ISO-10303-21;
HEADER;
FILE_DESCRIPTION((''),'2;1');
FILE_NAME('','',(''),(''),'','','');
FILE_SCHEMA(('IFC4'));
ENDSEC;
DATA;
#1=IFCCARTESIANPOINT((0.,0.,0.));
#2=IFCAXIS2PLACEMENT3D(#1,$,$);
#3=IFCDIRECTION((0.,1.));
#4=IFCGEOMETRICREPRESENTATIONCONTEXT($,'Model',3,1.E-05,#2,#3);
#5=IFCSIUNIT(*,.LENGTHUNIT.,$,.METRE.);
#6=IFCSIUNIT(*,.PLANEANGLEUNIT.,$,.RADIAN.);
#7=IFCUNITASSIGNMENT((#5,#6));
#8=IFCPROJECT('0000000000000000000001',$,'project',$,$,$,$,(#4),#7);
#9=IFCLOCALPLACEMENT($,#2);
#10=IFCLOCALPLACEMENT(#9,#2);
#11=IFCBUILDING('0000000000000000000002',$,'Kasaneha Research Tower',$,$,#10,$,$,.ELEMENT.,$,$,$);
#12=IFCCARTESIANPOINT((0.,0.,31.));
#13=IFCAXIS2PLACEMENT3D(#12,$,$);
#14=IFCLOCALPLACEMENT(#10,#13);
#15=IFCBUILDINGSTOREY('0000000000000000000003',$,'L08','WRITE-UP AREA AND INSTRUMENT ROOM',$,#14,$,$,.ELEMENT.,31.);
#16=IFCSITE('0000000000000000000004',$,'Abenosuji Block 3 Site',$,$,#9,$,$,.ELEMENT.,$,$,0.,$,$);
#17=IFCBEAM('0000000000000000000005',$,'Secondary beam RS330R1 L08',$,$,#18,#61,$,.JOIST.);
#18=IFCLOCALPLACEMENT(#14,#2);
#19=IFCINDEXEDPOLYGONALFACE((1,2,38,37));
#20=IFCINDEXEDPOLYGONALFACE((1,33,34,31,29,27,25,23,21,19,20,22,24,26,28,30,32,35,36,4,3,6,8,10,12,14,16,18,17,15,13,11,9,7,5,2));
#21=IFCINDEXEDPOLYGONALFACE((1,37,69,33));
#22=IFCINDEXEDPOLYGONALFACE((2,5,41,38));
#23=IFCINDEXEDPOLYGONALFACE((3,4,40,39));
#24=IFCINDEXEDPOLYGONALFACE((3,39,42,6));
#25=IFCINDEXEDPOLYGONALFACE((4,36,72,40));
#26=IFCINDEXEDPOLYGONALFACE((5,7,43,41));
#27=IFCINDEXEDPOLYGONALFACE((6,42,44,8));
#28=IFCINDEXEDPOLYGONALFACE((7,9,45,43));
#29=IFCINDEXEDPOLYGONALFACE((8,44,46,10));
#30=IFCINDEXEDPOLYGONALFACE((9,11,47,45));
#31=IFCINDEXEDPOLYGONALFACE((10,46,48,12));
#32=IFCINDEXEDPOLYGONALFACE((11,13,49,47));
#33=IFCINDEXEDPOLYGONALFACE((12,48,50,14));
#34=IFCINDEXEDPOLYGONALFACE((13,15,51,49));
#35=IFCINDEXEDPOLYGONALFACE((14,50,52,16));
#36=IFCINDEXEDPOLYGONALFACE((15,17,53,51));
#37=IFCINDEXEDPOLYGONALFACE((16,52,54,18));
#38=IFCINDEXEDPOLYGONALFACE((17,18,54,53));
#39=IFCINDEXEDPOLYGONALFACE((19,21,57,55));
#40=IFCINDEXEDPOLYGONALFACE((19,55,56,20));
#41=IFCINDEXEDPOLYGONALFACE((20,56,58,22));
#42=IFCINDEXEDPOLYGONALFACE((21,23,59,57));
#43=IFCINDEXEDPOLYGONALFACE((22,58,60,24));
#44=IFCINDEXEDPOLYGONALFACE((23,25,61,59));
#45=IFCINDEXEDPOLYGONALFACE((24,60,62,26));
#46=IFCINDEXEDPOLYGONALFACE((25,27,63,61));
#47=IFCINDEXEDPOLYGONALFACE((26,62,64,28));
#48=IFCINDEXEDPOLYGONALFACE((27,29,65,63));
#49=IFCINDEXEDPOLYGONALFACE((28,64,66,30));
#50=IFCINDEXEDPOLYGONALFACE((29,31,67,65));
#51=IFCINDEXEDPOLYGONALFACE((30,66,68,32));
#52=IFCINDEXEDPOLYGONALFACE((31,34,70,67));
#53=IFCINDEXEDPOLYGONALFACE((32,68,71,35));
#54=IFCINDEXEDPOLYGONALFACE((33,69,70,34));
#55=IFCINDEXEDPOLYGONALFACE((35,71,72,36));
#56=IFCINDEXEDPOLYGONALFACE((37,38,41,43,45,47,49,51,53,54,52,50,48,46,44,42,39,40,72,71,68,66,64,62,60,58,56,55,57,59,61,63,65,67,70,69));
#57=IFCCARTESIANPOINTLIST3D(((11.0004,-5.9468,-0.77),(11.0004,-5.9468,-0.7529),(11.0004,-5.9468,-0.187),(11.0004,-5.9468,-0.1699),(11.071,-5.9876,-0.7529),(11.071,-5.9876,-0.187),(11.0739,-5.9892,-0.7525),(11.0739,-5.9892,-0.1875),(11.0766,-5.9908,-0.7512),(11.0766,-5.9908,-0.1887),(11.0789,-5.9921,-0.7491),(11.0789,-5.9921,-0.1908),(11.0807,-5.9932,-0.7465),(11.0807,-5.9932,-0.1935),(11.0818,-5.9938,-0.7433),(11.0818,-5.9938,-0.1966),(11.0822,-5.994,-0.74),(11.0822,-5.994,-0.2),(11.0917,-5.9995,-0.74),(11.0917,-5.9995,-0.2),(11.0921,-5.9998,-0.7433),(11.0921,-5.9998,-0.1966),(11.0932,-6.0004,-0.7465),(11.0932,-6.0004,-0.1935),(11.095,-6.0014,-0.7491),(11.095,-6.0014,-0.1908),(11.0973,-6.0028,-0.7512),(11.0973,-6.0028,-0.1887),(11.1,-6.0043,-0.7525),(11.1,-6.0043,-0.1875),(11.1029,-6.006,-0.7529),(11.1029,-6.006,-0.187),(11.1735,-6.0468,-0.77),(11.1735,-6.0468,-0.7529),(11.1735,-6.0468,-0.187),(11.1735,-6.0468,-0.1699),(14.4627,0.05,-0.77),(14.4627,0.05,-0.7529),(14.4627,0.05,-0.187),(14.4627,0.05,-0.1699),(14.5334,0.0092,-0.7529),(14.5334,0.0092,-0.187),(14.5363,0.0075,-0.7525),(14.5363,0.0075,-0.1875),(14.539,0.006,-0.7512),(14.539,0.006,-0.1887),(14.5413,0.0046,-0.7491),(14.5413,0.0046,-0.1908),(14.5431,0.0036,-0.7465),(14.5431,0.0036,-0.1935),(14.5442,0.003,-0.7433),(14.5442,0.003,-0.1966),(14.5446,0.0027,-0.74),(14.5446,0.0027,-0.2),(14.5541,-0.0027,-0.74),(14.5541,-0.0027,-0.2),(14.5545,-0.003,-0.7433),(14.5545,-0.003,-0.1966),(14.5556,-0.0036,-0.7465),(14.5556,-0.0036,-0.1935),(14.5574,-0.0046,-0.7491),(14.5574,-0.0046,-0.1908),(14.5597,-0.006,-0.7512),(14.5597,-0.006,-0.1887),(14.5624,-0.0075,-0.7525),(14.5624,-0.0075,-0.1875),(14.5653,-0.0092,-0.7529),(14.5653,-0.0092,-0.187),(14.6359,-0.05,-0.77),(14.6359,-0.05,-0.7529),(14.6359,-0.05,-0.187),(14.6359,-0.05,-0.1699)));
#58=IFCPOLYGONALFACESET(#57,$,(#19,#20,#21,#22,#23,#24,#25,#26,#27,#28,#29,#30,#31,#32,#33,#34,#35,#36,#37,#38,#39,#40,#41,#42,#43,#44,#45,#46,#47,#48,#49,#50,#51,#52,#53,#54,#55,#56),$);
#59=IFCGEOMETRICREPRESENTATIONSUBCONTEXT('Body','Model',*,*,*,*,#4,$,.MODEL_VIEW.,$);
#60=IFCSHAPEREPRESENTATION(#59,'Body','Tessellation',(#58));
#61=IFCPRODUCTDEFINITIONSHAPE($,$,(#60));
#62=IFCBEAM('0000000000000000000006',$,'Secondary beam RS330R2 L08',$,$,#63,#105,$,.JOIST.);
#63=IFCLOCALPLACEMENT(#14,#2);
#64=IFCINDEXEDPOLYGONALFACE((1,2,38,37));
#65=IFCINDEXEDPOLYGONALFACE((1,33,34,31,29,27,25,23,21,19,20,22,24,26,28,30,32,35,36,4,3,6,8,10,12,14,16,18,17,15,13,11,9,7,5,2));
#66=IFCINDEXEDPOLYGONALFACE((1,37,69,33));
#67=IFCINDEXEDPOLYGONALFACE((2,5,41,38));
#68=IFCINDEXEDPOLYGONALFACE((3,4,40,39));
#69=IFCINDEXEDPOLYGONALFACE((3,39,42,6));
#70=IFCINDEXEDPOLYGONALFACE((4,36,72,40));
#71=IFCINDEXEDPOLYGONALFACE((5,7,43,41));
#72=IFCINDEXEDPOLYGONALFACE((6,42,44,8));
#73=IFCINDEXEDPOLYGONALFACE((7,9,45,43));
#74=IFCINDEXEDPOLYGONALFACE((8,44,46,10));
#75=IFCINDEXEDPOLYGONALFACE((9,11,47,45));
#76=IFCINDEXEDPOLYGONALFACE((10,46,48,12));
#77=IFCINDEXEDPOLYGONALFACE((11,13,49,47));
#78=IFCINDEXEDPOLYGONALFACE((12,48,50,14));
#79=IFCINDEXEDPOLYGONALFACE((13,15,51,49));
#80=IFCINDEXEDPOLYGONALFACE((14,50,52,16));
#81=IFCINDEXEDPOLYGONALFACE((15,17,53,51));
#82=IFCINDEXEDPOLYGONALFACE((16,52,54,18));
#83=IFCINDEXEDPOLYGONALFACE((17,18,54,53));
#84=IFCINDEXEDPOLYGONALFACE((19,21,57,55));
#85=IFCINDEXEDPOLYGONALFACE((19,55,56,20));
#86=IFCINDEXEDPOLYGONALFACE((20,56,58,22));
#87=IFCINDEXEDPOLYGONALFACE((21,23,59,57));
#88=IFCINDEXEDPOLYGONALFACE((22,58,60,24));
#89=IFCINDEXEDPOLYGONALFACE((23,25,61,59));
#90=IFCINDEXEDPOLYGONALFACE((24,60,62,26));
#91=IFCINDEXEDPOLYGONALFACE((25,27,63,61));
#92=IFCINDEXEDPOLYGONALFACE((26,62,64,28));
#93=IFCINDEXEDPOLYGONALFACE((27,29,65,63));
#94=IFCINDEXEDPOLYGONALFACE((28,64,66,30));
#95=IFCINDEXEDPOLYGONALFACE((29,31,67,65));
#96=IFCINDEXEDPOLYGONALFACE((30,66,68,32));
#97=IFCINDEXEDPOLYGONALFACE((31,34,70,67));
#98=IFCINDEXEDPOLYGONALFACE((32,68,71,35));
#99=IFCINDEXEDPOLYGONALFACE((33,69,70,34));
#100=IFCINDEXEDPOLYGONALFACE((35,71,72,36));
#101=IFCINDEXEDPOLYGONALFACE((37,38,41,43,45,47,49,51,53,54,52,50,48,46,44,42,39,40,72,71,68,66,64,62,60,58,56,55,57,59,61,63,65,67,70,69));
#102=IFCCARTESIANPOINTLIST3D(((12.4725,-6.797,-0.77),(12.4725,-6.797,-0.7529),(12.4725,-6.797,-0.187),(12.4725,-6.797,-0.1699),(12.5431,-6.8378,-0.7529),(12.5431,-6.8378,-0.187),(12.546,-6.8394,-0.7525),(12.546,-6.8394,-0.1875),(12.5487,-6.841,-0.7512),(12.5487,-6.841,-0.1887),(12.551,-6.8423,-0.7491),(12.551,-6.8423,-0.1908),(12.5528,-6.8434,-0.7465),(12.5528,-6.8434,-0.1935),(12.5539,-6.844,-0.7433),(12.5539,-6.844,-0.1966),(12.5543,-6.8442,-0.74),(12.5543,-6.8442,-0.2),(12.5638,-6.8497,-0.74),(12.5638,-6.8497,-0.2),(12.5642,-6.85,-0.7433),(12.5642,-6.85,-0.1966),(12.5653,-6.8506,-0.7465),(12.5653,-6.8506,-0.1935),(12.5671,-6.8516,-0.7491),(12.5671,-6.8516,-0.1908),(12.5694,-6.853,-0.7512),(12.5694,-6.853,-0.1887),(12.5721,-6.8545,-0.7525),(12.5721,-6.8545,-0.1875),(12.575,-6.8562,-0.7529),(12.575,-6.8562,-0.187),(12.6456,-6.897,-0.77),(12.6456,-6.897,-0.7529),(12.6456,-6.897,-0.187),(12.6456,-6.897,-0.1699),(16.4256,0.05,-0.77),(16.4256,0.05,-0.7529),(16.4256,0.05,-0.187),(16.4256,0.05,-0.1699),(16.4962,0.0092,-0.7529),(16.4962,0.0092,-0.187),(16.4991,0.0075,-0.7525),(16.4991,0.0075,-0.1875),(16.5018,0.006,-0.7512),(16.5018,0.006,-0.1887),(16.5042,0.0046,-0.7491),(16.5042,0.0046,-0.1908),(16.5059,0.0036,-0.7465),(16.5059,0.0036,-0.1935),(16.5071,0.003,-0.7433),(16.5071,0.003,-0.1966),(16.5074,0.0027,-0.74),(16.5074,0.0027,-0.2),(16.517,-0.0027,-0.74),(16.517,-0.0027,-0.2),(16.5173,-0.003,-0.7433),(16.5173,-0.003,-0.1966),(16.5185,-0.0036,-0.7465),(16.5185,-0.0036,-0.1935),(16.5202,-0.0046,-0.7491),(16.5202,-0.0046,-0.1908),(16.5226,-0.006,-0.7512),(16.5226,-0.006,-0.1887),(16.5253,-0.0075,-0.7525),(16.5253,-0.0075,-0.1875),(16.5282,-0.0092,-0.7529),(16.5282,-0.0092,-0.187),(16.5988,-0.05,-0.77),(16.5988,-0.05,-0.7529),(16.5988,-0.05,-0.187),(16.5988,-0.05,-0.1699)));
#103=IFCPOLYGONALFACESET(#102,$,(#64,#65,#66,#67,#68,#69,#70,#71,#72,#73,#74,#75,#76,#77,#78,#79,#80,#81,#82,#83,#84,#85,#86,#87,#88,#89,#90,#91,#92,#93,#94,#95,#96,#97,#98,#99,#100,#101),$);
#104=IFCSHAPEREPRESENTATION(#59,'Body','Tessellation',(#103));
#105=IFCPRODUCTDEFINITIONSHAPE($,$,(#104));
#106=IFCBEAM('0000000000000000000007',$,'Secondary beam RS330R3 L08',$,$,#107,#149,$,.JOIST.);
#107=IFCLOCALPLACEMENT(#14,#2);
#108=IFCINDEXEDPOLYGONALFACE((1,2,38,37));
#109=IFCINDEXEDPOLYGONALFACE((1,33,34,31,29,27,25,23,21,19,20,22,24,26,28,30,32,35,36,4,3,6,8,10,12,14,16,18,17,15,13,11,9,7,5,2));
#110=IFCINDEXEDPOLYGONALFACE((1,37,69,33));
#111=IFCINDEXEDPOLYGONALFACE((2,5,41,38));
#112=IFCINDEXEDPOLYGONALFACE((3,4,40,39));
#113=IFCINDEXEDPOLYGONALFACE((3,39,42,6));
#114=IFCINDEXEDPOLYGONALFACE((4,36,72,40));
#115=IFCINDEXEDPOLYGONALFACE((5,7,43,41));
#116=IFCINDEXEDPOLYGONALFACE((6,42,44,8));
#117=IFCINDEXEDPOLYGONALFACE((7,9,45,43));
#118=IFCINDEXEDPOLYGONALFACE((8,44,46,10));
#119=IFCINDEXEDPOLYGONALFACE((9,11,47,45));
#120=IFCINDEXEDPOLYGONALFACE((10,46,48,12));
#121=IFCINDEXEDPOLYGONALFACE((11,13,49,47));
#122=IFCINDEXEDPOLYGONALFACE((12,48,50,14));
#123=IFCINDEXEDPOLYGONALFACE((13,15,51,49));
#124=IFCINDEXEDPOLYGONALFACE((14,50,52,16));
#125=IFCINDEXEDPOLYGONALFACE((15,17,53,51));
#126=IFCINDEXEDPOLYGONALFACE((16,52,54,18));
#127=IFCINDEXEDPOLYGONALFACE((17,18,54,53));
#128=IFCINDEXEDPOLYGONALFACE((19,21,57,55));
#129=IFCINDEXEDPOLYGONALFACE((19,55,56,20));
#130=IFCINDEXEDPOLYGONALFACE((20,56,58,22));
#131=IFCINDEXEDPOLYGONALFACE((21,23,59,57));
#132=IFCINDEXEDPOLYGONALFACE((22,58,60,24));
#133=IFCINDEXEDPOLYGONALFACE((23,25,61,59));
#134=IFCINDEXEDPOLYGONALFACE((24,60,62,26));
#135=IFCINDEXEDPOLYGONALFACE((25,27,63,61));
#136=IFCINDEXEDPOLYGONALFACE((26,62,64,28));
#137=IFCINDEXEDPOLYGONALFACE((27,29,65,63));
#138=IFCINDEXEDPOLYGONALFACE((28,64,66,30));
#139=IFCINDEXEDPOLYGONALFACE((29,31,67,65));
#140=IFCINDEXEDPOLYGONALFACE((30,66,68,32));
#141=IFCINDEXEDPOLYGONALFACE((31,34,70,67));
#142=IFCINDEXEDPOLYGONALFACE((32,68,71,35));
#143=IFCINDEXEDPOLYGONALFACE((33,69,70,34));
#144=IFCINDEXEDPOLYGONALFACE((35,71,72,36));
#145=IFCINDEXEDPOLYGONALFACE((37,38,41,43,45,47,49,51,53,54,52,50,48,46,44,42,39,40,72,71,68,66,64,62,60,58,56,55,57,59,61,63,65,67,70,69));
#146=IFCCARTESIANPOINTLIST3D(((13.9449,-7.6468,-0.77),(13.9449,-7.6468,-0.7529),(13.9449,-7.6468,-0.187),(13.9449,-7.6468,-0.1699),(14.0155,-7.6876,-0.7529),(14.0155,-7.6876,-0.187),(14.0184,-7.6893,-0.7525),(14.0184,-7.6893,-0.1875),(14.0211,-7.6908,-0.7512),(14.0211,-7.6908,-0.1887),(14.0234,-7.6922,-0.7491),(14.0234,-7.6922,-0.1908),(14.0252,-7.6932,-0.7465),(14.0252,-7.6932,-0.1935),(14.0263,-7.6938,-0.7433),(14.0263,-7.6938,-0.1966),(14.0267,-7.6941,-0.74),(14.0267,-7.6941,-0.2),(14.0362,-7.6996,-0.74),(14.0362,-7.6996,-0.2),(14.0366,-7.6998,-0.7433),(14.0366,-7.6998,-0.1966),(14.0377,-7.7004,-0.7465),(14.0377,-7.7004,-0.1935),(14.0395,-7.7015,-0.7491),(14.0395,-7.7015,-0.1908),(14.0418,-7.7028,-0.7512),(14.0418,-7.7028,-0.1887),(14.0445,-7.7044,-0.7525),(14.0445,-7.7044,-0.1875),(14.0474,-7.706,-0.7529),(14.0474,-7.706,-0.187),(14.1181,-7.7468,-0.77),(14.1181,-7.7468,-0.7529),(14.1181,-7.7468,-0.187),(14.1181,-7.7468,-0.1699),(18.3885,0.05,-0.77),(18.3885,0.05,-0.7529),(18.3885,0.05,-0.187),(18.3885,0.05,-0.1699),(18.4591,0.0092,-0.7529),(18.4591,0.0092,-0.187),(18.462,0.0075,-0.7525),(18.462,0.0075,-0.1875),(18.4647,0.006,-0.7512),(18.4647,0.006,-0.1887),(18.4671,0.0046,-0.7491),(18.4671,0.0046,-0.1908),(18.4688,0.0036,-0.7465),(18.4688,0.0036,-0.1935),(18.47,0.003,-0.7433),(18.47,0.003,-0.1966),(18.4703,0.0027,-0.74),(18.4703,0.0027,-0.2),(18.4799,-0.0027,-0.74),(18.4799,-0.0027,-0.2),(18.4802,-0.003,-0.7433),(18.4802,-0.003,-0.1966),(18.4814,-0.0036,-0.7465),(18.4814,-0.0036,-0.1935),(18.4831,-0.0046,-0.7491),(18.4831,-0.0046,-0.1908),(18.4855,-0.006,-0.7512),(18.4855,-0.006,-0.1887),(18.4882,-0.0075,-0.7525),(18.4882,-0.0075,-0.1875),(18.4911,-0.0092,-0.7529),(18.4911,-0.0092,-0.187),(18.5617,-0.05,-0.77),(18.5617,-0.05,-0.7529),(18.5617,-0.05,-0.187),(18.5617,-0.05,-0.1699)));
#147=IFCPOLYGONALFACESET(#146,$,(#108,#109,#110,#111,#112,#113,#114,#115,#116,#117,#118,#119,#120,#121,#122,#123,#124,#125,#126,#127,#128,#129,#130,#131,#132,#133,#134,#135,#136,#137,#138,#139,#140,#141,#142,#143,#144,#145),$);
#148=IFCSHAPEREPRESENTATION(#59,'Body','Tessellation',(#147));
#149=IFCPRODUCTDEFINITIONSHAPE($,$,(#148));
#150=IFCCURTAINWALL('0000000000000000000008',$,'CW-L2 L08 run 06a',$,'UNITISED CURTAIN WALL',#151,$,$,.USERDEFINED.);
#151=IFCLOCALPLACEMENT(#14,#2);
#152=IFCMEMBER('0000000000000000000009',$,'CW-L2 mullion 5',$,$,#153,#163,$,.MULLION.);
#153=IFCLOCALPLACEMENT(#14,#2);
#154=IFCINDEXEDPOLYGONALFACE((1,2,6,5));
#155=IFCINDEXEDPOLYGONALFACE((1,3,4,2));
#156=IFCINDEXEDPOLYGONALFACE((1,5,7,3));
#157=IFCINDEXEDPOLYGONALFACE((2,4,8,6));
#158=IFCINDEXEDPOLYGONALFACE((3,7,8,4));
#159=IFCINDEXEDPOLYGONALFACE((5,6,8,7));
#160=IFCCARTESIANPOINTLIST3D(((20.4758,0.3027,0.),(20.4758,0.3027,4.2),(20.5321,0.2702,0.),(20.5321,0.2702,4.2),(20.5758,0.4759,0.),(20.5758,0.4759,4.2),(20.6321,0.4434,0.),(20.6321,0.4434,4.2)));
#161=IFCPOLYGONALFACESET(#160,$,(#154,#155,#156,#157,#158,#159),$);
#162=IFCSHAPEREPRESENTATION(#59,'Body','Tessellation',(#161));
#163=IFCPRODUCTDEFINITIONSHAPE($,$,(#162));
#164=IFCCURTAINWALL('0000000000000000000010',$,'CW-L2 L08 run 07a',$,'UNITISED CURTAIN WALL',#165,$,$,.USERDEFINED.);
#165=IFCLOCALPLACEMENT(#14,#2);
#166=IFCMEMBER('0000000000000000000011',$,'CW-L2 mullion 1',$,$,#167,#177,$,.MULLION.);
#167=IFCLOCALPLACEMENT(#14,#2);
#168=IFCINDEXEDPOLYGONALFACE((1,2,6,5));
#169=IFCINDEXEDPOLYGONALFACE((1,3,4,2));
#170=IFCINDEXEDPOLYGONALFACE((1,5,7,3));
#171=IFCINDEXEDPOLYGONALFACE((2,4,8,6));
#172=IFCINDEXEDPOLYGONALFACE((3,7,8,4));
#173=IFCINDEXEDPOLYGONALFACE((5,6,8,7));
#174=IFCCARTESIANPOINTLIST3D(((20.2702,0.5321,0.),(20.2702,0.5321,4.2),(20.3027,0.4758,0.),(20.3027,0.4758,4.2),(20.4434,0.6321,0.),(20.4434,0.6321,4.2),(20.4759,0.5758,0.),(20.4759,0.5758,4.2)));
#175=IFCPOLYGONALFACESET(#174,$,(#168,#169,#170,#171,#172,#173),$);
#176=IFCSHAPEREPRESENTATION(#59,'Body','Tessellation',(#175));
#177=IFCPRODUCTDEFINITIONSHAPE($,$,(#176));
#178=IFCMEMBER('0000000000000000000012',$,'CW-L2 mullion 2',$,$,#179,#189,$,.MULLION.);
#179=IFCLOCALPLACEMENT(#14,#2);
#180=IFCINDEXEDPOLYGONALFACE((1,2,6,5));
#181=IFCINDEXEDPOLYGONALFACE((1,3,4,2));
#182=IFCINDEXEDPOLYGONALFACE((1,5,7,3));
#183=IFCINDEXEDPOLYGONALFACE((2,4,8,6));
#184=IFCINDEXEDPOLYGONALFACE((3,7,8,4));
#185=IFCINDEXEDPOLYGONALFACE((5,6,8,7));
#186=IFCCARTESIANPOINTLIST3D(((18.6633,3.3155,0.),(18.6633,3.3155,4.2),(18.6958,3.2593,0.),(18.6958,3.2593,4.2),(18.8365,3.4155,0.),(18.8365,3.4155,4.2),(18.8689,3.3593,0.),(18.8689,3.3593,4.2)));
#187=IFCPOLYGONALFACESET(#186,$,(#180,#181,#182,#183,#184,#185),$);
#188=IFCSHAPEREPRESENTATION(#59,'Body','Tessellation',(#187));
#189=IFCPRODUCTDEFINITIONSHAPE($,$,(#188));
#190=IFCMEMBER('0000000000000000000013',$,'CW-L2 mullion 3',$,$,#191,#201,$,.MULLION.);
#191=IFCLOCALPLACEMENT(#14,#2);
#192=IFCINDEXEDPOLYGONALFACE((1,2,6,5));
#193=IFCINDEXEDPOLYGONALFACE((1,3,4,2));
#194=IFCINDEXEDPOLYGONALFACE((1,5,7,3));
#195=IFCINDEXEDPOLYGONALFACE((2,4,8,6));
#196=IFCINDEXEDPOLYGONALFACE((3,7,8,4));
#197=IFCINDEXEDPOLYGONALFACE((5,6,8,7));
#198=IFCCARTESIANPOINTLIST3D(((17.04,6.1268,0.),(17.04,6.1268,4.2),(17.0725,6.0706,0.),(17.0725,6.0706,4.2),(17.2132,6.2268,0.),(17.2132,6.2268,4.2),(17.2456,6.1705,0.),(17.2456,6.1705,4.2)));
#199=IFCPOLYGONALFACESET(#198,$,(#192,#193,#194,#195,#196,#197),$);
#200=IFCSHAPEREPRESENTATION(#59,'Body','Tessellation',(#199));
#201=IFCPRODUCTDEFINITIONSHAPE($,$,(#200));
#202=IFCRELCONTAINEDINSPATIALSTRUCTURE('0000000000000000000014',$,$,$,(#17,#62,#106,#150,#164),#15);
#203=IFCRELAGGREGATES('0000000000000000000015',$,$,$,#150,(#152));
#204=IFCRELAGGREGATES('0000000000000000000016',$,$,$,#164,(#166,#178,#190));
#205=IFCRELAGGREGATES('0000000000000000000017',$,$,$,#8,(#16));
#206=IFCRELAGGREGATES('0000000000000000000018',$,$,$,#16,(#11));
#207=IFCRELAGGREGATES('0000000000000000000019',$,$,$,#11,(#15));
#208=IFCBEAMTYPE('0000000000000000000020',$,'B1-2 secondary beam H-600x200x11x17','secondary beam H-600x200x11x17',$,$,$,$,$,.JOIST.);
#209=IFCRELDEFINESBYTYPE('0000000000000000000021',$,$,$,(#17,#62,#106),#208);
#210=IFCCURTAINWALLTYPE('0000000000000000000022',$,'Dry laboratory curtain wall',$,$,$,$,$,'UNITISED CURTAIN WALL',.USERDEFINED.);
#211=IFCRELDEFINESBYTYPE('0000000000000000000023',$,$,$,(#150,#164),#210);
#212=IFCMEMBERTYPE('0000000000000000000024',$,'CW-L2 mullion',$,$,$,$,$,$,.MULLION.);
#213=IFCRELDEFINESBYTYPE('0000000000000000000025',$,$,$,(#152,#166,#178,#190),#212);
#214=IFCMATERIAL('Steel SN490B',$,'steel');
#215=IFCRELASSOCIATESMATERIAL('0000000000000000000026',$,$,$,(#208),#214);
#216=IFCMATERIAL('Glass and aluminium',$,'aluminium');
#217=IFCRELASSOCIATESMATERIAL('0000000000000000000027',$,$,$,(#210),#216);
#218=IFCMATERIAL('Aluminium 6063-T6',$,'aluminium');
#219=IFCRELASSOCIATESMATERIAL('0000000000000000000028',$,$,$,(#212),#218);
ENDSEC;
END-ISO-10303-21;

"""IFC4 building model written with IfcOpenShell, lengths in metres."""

from ifc_helpers import new_model, si_unit, direction, frame, origin, origin_2d, place, context, subcontext, project, spatial, rectangle, i_section, extrude, material, material_profile, profile_set, type_object, element, aggregate, save


model = new_model("IFC4")

# Units and contexts
model_context = context("Model", 3, precision=1e-05, world=origin(), true_north=direction((0.0, 1.0)))
body_context = subcontext(model_context, "Body", "Model", "MODEL_VIEW")
ifc_project = project(units=[si_unit("LENGTHUNIT", "METRE"), si_unit("PLANEANGLEUNIT", "RADIAN")], contexts=[model_context])

# Site, building, storey
site_placement = place(None, origin())
site = spatial("IfcSite", under=ifc_project, at=site_placement, Name="Abenosuji Block 3 Site", CompositionType="ELEMENT", RefElevation=0.0)
building_placement = place(site_placement, origin())
building = spatial("IfcBuilding", under=site, at=building_placement, Name="Kasaneha Research Tower", CompositionType="ELEMENT")
storey_placement = place(building_placement, frame((0.0, 0.0, 31.0)))
storey = spatial("IfcBuildingStorey", under=building, at=storey_placement, Name="L08", Description="WRITE-UP AREA AND INSTRUMENT ROOM", CompositionType="ELEMENT", Elevation=31.0)

# Beams
ifc_material_1 = material(Name="Steel SN490B", Category="steel")
ifc_material_profile_1 = material_profile(ifc_material_1, i_section(OverallWidth=0.2, OverallDepth=0.6001, WebThickness=0.011, FlangeThickness=0.0171, FilletRadius=0.0129, at=origin_2d()), Name="H-600x200x11x17")
ifc_profile_set_1 = profile_set([ifc_material_profile_1], Name="Steel SN490B")
beam_type_1 = type_object("IfcBeamType", Name="B1-2 secondary beam H-600x200x11x17", Description="secondary beam H-600x200x11x17", PredefinedType="JOIST", material=ifc_profile_set_1)
beam_1_placement = place(storey_placement, frame((14.5493, 0.0, -0.47), z_axis=(-0.500014, -0.866017, 0.0), x_axis=(0.866017, -0.500014, 0.0)))
element("IfcBeam", 1, at=beam_1_placement, inside=storey, type_object=beam_type_1, Name="Secondary beam RS330R1 L08", PredefinedType="JOIST", context=body_context, shape_type="SweptSolid", body=[
    extrude(i_section(OverallWidth=0.2, OverallDepth=0.6001, WebThickness=0.011, FlangeThickness=0.0171, FilletRadius=0.0129, at=origin_2d()), origin(), (0.0, 0.0, 1.0), 6.9246),
])
beam_2_placement = place(storey_placement, frame((16.5122, 0.0, -0.47), z_axis=(-0.500005, -0.866023, 0.0), x_axis=(0.866023, -0.500005, 0.0)))
element("IfcBeam", 2, at=beam_2_placement, inside=storey, type_object=beam_type_1, Name="Secondary beam RS330R2 L08", PredefinedType="JOIST", context=body_context, shape_type="SweptSolid", body=[
    extrude(i_section(OverallWidth=0.2, OverallDepth=0.6001, WebThickness=0.011, FlangeThickness=0.0171, FilletRadius=0.0129, at=origin_2d()), origin(), (0.0, 0.0, 1.0), 7.9062),
])
beam_3_placement = place(storey_placement, frame((18.4751, 0.0, -0.47), z_axis=(-0.499989, -0.866032, 0.0), x_axis=(0.866032, -0.499989, 0.0)))
element("IfcBeam", 3, at=beam_3_placement, inside=storey, type_object=beam_type_1, Name="Secondary beam RS330R3 L08", PredefinedType="JOIST", context=body_context, shape_type="SweptSolid", body=[
    extrude(i_section(OverallWidth=0.2, OverallDepth=0.6001, WebThickness=0.011, FlangeThickness=0.0171, FilletRadius=0.0129, at=origin_2d()), origin(), (0.0, 0.0, 1.0), 8.8875),
])

# Curtain wall, member
ifc_material_2 = material(Name="Glass and aluminium", Category="aluminium")
curtain_wall_type = type_object("IfcCurtainWallType", Name="Dry laboratory curtain wall", ElementType="UNITISED CURTAIN WALL", PredefinedType="USERDEFINED", material=ifc_material_2)
curtain_wall_1_placement = place(storey_placement, origin())
curtain_wall_1 = element("IfcCurtainWall", 4, at=curtain_wall_1_placement, inside=storey, type_object=curtain_wall_type, Name="CW-L2 L08 run 06a", ObjectType="UNITISED CURTAIN WALL", PredefinedType="USERDEFINED")
ifc_material_3 = material(Name="Aluminium 6063-T6", Category="aluminium")
ifc_material_profile_2 = material_profile(ifc_material_3, rectangle(XDim=0.0649, YDim=0.2, at=origin_2d()), Name="CW-L2 mullion 65x200")
ifc_profile_set_2 = profile_set([ifc_material_profile_2], Name="Aluminium 6063-T6")
member_type_1 = type_object("IfcMemberType", Name="CW-L2 mullion", PredefinedType="MULLION", material=ifc_profile_set_2)
member_1_placement = place(storey_placement, frame((20.554, 0.373, 0.0), z_axis=(0.0, 0.0, 1.0), x_axis=(-0.866025, 0.5, 0.0)))
member_1 = element("IfcMember", 5, at=member_1_placement, type_object=member_type_1, Name="CW-L2 mullion 5", PredefinedType="MULLION", context=body_context, shape_type="SweptSolid", body=[
    extrude(rectangle(XDim=0.0649, YDim=0.2, at=origin_2d()), origin(), (0.0, 0.0, 1.0), 4.2),
])
aggregate(curtain_wall_1, [member_1])

# Curtain wall, members
curtain_wall_2_placement = place(storey_placement, origin())
curtain_wall_2 = element("IfcCurtainWall", 6, at=curtain_wall_2_placement, inside=storey, type_object=curtain_wall_type, Name="CW-L2 L08 run 07a", ObjectType="UNITISED CURTAIN WALL", PredefinedType="USERDEFINED")
member_2_placement = place(storey_placement, frame((20.373, 0.554, 0.0), z_axis=(0.0, 0.0, 1.0), x_axis=(-0.5, 0.866025, 0.0)))
member_2 = element("IfcMember", 7, at=member_2_placement, type_object=member_type_1, Name="CW-L2 mullion 1", PredefinedType="MULLION", context=body_context, shape_type="SweptSolid", body=[
    extrude(rectangle(XDim=0.0649, YDim=0.2, at=origin_2d()), origin(), (0.0, 0.0, 1.0), 4.2),
])
member_3_placement = place(storey_placement, frame((18.7661, 3.3374, 0.0), z_axis=(0.0, 0.0, 1.0), x_axis=(-0.5, 0.866025, 0.0)))
member_3 = element("IfcMember", 8, at=member_3_placement, type_object=member_type_1, Name="CW-L2 mullion 2", PredefinedType="MULLION", context=body_context, shape_type="SweptSolid", body=[
    extrude(rectangle(XDim=0.0649, YDim=0.2, at=origin_2d()), origin(), (0.0, 0.0, 1.0), 4.2),
])
member_4_placement = place(storey_placement, frame((17.1428, 6.1487, 0.0), z_axis=(0.0, 0.0, 1.0), x_axis=(-0.5, 0.866025, 0.0)))
member_4 = element("IfcMember", 9, at=member_4_placement, type_object=member_type_1, Name="CW-L2 mullion 3", PredefinedType="MULLION", context=body_context, shape_type="SweptSolid", body=[
    extrude(rectangle(XDim=0.0649, YDim=0.2, at=origin_2d()), origin(), (0.0, 0.0, 1.0), 4.2),
])

aggregate(curtain_wall_2, [member_2, member_3, member_4])

save(model, "model.ifc")
